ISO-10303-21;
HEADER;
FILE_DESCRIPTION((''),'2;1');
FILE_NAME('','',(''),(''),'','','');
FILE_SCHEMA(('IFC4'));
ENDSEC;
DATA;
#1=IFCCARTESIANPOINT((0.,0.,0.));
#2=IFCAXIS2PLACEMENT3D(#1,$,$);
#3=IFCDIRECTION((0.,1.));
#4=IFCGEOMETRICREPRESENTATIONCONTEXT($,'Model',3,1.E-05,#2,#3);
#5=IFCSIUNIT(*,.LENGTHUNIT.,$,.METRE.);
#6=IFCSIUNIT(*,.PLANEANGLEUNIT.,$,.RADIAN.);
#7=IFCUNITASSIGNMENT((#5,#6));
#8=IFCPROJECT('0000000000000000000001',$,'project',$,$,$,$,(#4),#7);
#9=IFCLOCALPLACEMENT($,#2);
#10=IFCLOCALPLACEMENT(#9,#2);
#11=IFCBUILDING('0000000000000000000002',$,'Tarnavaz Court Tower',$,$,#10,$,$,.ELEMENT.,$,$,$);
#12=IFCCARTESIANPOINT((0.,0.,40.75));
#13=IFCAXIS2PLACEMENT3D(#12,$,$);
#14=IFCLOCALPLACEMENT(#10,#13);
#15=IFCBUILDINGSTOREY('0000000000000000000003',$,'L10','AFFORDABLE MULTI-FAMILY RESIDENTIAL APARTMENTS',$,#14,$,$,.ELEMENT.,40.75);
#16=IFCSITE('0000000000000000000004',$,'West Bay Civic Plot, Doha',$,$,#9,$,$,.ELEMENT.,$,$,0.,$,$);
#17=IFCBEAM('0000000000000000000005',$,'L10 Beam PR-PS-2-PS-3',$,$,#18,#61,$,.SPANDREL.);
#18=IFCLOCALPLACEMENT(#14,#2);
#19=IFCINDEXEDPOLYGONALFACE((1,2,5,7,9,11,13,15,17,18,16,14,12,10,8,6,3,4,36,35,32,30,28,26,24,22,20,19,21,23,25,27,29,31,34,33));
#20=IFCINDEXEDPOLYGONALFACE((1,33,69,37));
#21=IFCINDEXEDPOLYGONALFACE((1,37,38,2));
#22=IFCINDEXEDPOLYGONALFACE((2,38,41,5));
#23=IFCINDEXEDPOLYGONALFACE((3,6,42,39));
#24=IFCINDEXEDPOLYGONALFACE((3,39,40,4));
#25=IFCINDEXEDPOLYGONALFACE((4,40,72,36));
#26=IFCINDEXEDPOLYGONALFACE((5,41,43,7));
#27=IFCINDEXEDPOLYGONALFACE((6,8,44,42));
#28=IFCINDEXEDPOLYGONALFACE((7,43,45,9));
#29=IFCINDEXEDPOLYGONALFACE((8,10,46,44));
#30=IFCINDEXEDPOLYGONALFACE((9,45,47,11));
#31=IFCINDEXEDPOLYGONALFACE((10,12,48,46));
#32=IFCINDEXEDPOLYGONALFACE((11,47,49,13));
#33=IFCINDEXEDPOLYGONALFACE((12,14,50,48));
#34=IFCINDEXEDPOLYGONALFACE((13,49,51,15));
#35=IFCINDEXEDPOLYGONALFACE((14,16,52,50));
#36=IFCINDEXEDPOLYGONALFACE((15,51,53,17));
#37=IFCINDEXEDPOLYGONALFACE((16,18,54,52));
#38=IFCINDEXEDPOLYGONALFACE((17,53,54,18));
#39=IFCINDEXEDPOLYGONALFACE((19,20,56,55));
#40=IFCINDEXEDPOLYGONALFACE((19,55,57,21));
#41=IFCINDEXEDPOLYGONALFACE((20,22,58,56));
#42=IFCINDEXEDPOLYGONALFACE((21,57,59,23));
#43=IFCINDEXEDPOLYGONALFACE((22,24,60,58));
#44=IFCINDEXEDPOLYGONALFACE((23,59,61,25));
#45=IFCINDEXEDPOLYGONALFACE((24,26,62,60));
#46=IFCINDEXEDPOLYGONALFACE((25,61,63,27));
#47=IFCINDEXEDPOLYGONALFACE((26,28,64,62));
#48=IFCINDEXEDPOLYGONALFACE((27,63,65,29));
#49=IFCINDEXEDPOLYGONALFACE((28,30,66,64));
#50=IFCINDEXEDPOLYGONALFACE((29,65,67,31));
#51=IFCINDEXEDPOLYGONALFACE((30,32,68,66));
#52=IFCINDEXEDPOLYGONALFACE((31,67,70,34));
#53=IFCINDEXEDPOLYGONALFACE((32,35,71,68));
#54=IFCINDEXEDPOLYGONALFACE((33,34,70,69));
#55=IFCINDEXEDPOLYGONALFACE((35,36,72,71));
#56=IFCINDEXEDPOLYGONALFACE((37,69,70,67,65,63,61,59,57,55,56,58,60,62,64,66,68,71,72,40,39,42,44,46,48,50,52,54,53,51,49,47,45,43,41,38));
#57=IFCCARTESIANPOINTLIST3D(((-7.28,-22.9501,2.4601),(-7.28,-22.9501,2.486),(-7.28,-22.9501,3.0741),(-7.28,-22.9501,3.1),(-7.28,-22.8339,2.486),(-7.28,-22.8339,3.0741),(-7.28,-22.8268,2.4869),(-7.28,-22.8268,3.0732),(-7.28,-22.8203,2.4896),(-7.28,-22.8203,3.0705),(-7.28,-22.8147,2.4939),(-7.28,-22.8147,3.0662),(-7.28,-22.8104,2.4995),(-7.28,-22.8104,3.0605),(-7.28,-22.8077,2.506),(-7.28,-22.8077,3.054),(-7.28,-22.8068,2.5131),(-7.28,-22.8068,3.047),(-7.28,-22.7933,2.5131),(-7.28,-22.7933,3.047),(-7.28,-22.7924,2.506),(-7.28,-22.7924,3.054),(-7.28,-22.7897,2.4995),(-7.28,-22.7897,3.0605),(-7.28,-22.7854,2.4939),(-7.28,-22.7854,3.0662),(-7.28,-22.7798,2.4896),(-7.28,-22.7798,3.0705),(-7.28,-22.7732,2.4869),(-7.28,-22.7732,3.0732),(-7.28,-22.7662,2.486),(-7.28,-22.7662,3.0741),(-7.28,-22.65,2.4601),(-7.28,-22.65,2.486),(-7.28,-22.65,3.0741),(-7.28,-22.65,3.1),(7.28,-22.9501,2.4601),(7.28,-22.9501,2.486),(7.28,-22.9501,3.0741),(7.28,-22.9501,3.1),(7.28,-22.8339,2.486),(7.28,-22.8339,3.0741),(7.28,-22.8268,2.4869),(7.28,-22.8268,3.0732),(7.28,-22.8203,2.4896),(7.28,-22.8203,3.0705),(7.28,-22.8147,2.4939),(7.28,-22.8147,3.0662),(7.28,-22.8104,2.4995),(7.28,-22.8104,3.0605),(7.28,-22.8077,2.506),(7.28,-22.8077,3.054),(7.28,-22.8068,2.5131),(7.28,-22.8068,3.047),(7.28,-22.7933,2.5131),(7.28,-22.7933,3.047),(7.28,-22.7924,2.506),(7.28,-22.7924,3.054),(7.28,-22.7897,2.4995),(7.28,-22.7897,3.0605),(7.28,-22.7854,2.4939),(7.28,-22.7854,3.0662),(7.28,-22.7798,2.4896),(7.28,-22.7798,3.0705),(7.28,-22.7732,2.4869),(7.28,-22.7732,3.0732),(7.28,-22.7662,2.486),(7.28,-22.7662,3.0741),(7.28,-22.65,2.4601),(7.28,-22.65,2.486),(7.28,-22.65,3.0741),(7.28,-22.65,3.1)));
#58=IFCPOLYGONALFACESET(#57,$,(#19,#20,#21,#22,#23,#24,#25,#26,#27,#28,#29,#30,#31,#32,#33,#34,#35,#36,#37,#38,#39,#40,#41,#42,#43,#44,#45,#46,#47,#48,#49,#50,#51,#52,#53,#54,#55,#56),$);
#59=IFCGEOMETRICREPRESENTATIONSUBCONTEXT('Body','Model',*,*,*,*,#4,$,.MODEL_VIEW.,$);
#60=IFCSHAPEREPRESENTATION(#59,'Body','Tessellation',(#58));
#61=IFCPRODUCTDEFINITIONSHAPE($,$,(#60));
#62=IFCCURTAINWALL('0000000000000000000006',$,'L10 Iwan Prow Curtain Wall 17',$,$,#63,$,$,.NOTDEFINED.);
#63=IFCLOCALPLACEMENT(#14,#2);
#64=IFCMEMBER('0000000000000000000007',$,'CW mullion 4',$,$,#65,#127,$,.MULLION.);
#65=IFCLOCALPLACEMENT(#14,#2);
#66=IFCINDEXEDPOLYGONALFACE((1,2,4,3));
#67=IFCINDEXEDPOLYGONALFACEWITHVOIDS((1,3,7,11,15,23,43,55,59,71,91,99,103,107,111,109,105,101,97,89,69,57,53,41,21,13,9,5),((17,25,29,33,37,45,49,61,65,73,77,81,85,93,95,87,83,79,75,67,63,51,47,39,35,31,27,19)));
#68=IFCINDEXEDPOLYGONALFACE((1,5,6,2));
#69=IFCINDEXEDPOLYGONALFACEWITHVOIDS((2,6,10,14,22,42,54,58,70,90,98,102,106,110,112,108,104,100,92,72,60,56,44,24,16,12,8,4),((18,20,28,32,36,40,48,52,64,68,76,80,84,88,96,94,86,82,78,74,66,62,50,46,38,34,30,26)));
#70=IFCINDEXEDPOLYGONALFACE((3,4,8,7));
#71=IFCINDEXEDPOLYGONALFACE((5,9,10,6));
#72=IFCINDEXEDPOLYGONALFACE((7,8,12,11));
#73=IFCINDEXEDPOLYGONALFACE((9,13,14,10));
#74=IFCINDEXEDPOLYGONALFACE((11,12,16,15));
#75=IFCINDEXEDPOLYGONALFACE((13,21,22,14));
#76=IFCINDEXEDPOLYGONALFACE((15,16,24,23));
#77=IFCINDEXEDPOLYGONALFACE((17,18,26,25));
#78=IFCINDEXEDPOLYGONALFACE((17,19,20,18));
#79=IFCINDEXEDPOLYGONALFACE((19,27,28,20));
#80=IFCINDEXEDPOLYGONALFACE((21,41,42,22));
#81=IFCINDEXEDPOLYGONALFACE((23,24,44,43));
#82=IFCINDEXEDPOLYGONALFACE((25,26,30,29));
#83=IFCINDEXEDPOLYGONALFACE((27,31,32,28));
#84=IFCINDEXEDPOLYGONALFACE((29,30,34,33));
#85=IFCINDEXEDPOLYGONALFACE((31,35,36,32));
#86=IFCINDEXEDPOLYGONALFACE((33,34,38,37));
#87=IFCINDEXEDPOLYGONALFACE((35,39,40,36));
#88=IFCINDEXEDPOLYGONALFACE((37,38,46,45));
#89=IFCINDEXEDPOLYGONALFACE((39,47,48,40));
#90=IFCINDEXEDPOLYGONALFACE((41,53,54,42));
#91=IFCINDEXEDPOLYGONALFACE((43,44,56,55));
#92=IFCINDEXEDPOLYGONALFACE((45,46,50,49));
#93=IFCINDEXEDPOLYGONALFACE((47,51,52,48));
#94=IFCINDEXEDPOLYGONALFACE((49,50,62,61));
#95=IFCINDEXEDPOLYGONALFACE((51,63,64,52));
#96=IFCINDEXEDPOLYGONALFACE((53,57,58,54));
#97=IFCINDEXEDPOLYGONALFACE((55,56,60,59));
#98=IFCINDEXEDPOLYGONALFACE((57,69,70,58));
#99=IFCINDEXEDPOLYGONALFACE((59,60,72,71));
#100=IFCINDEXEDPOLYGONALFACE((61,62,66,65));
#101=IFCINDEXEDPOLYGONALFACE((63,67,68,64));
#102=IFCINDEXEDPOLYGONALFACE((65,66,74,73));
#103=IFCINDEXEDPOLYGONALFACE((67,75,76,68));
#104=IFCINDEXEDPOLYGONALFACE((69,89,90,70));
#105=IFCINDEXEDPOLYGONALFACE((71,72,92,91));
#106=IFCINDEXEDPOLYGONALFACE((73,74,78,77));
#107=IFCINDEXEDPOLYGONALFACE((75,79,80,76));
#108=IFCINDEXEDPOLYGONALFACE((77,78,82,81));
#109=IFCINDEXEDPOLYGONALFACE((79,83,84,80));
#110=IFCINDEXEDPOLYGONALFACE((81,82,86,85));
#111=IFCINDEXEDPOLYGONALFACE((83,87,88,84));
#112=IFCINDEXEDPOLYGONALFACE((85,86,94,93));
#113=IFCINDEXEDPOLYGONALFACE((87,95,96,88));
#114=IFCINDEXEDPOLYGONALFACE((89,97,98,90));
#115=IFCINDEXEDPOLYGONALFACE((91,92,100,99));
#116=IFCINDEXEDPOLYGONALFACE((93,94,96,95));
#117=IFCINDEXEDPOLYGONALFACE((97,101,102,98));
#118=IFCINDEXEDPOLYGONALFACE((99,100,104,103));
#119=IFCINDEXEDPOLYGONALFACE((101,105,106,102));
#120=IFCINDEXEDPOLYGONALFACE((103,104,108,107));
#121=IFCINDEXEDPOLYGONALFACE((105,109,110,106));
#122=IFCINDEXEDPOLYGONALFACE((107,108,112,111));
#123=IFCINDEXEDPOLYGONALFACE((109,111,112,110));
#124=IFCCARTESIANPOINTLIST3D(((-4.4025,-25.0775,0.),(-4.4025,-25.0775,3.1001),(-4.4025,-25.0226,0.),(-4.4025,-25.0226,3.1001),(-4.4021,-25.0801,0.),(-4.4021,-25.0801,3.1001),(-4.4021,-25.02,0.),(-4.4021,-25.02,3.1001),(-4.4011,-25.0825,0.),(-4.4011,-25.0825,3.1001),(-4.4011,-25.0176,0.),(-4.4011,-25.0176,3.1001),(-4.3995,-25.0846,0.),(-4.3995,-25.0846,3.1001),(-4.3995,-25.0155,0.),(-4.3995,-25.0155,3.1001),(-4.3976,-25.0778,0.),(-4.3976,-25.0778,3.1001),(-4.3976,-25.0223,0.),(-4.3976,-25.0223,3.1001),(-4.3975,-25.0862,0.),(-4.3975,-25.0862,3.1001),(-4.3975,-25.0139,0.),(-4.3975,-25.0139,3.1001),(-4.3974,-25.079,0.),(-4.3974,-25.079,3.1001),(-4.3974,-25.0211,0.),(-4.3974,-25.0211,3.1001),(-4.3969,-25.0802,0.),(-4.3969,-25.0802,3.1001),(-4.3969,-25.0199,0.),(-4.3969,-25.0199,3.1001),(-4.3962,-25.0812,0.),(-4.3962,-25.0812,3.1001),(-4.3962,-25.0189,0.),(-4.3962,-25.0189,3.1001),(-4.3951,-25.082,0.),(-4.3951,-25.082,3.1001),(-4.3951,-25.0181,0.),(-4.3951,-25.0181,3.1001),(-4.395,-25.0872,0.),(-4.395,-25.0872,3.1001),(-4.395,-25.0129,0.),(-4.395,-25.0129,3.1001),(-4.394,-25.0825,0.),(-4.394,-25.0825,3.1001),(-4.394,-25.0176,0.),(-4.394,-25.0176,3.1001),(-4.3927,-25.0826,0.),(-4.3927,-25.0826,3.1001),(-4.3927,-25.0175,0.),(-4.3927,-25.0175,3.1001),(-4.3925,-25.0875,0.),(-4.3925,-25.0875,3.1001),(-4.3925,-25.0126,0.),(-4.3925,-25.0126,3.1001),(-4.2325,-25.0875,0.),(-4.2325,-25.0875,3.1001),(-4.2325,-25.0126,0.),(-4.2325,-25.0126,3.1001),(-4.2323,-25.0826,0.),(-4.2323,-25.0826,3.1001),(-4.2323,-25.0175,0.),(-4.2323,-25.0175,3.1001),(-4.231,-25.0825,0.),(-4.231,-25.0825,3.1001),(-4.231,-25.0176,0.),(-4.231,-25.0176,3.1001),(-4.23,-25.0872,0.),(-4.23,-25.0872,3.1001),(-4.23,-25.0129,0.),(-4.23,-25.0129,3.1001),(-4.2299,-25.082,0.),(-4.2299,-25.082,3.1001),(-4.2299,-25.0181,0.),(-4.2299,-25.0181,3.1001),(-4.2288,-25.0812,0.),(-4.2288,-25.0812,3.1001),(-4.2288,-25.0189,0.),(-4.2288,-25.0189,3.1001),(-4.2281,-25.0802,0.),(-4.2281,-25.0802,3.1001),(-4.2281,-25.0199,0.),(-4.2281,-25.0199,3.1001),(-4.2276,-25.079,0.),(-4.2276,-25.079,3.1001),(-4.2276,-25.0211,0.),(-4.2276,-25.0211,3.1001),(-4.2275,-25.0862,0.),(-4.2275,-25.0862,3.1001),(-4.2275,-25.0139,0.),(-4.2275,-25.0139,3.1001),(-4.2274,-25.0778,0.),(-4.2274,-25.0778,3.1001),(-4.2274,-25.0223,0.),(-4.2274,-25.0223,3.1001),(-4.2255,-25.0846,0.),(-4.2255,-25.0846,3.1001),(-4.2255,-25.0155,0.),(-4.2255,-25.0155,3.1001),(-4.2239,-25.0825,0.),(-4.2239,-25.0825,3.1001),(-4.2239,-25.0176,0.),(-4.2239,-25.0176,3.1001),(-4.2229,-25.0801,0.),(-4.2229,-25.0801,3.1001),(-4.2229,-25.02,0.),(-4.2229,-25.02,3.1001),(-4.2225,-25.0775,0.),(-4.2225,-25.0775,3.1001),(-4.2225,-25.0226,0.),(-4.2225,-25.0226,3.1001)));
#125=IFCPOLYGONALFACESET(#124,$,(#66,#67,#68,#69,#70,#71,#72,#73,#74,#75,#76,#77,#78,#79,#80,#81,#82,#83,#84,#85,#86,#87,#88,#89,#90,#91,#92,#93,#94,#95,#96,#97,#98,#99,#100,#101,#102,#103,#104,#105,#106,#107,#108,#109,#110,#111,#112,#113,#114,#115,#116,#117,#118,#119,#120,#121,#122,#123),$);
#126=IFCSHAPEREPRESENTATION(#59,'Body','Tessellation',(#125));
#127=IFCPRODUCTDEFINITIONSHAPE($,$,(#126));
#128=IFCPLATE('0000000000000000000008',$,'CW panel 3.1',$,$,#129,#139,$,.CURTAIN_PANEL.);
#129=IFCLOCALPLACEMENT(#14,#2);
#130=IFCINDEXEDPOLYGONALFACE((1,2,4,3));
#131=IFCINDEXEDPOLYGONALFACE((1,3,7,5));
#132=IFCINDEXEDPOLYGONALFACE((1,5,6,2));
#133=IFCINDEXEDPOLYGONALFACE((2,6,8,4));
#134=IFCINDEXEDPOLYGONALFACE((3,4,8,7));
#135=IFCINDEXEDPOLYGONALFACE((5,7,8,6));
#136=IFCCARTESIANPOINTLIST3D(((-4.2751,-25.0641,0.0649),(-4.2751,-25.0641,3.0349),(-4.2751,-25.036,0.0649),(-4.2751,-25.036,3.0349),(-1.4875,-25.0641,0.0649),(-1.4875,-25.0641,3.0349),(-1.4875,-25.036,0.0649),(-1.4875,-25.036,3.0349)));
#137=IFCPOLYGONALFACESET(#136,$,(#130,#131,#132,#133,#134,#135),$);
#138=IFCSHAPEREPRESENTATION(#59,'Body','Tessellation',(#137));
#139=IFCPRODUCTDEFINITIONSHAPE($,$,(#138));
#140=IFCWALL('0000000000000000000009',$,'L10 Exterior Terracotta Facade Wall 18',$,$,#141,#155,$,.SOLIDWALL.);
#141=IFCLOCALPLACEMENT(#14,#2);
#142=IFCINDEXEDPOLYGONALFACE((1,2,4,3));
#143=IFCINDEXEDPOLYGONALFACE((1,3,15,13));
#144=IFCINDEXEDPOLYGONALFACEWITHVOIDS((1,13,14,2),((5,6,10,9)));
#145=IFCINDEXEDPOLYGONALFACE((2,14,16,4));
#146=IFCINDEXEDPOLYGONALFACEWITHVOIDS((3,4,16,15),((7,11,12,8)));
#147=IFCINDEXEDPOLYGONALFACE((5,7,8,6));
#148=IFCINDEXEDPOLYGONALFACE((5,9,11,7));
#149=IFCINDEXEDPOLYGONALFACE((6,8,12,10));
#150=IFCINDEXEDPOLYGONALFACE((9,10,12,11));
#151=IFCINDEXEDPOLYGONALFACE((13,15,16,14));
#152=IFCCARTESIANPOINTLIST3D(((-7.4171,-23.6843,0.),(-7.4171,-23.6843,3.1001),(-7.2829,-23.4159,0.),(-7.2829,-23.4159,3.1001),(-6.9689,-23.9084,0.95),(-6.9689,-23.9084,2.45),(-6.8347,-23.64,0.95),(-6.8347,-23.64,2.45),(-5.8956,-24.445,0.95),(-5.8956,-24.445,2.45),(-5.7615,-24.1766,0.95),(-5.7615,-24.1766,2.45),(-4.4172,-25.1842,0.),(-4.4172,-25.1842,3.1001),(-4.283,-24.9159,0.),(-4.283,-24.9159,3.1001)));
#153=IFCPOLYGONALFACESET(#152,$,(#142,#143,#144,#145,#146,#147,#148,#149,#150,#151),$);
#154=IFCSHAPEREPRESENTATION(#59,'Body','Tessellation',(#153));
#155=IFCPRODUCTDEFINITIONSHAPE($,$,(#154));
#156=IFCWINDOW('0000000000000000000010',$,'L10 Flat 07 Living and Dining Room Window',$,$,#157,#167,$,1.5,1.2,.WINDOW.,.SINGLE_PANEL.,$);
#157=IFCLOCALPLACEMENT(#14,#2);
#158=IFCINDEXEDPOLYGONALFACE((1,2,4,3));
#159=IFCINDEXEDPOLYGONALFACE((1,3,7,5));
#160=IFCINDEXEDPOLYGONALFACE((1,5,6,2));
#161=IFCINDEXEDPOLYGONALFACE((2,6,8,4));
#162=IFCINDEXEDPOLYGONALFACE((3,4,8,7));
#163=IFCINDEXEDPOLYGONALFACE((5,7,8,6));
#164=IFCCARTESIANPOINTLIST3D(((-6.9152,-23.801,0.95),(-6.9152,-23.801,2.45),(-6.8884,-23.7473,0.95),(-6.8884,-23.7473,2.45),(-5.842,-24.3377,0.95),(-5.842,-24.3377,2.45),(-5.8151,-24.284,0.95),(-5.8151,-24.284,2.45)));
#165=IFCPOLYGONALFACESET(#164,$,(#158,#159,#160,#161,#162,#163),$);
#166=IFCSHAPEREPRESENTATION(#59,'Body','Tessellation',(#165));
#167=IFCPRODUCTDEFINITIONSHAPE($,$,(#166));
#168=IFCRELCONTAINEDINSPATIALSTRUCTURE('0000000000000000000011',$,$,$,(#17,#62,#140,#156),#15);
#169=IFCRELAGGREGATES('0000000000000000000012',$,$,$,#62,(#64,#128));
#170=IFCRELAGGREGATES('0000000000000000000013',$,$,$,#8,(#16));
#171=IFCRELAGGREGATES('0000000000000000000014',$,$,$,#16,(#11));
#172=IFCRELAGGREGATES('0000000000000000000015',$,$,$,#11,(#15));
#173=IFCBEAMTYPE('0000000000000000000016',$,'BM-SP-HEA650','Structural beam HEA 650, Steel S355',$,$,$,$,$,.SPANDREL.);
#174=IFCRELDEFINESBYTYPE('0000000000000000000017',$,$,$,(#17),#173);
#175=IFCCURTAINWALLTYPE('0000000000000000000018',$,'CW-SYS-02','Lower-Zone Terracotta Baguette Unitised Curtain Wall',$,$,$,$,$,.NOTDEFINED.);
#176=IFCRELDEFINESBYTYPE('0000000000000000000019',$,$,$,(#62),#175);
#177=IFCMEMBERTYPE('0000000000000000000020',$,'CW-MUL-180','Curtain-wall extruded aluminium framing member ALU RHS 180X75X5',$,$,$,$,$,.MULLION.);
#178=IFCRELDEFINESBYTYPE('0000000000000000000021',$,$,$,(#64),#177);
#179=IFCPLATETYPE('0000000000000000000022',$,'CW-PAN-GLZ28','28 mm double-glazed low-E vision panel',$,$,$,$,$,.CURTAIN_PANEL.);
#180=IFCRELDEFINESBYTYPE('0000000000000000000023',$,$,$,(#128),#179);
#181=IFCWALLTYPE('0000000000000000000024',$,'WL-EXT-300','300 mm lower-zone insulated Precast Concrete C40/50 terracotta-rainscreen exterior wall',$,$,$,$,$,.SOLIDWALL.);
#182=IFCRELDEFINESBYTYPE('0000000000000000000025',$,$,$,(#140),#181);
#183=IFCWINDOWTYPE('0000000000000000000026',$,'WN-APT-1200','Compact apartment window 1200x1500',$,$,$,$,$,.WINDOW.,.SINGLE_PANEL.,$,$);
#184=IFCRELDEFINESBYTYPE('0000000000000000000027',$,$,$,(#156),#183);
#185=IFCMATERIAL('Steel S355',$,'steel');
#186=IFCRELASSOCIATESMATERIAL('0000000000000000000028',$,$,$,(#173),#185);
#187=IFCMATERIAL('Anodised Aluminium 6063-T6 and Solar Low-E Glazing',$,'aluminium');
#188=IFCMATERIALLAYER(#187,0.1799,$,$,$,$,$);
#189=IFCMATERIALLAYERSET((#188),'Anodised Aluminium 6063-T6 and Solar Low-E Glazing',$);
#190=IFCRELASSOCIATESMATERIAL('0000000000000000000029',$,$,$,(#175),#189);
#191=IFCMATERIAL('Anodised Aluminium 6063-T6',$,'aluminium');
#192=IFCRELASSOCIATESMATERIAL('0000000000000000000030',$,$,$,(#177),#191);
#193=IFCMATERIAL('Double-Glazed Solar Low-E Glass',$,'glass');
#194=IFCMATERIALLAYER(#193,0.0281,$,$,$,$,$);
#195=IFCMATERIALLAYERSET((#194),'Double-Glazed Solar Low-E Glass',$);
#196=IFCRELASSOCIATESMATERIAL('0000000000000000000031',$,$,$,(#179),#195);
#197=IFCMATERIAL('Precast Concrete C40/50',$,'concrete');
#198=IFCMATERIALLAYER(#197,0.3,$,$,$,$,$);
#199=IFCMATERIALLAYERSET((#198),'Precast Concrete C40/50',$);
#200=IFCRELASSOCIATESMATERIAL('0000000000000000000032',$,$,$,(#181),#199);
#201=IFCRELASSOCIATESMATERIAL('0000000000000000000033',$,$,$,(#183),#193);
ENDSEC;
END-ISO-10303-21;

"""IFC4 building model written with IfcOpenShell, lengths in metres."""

from ifc_helpers import new_model, si_unit, direction, frame, frame_2d, origin, origin_2d, place, context, subcontext, project, spatial, rectangle, hollow_rectangle, i_section, extrude, material, layer, layer_set, material_profile, profile_set, type_object, element, fill, aggregate, save


model = new_model("IFC4")

# Units and contexts
model_context = context("Model", 3, precision=1e-05, world=origin(), true_north=direction((0.0, 1.0)))
body_context = subcontext(model_context, "Body", "Model", "MODEL_VIEW")
ifc_project = project(units=[si_unit("LENGTHUNIT", "METRE"), si_unit("PLANEANGLEUNIT", "RADIAN")], contexts=[model_context])

# Site, building, storey
site_placement = place(None, origin())
site = spatial("IfcSite", under=ifc_project, at=site_placement, Name="West Bay Civic Plot, Doha", CompositionType="ELEMENT", RefElevation=0.0)
building_placement = place(site_placement, origin())
building = spatial("IfcBuilding", under=site, at=building_placement, Name="Tarnavaz Court Tower", CompositionType="ELEMENT")
storey_placement = place(building_placement, frame((0.0, 0.0, 40.75)))
storey = spatial("IfcBuildingStorey", under=building, at=storey_placement, Name="L10", Description="AFFORDABLE MULTI-FAMILY RESIDENTIAL APARTMENTS", CompositionType="ELEMENT", Elevation=40.75)

# Beam
ifc_material_1 = material(Name="Steel S355", Category="steel")
ifc_material_profile_1 = material_profile(ifc_material_1, i_section(OverallWidth=0.3, OverallDepth=0.6399, WebThickness=0.0134, FlangeThickness=0.0259, FilletRadius=0.0271, at=origin_2d()), Name="HEA 650")
ifc_profile_set_1 = profile_set([ifc_material_profile_1], Name="Steel S355")
beam_type_1 = type_object("IfcBeamType", Name="BM-SP-HEA650", Description="Structural beam HEA 650, Steel S355", PredefinedType="SPANDREL", material=ifc_profile_set_1)
beam_placement = place(storey_placement, frame((-7.28, -22.8, 2.78), z_axis=(1.0, 0.0, 0.0), x_axis=(0.0, 1.0, 0.0)))
element("IfcBeam", 1, at=beam_placement, inside=storey, type_object=beam_type_1, Name="L10 Beam PR-PS-2-PS-3", PredefinedType="SPANDREL", context=body_context, shape_type="SweptSolid", body=[
    extrude(i_section(OverallWidth=0.3, OverallDepth=0.6399, WebThickness=0.0134, FlangeThickness=0.0259, FilletRadius=0.0271, at=origin_2d()), origin(), (0.0, 0.0, 1.0), 14.5601),
])

# Curtain wall, member, plate
ifc_material_2 = material(Name="Anodised Aluminium 6063-T6 and Solar Low-E Glazing", Category="aluminium")
ifc_layer_1 = layer(ifc_material_2, 0.1799)
ifc_layer_set_1 = layer_set([ifc_layer_1], Name="Anodised Aluminium 6063-T6 and Solar Low-E Glazing")
curtain_wall_type = type_object("IfcCurtainWallType", Name="CW-SYS-02", Description="Lower-Zone Terracotta Baguette Unitised Curtain Wall", PredefinedType="NOTDEFINED", material=ifc_layer_set_1)
curtain_wall_placement = place(storey_placement, origin())
curtain_wall = element("IfcCurtainWall", 2, at=curtain_wall_placement, inside=storey, type_object=curtain_wall_type, Name="L10 Iwan Prow Curtain Wall 17", PredefinedType="NOTDEFINED")
ifc_material_3 = material(Name="Anodised Aluminium 6063-T6", Category="aluminium")
ifc_material_profile_2 = material_profile(ifc_material_3, hollow_rectangle(XDim=0.075, YDim=0.1799, WallThickness=0.0049, InnerFilletRadius=0.0049, OuterFilletRadius=0.01, at=origin_2d()), Name="ALU RHS 180X75X5")
ifc_profile_set_2 = profile_set([ifc_material_profile_2], Name="Anodised Aluminium 6063-T6")
member_type = type_object("IfcMemberType", Name="CW-MUL-180", Description="Curtain-wall extruded aluminium framing member ALU RHS 180X75X5", PredefinedType="MULLION", material=ifc_profile_set_2)
member_placement = place(storey_placement, frame((-4.3125, -25.05, 0.0), z_axis=(0.0, 0.0, 1.0), x_axis=(0.0, -1.0, 0.0)))
member = element("IfcMember", 3, at=member_placement, type_object=member_type, Name="CW mullion 4", PredefinedType="MULLION", context=body_context, shape_type="SweptSolid", body=[
    extrude(hollow_rectangle(XDim=0.075, YDim=0.1799, WallThickness=0.0049, InnerFilletRadius=0.0049, OuterFilletRadius=0.01, at=origin_2d()), origin(), (0.0, 0.0, 1.0), 3.1001),
])
ifc_material_4 = material(Name="Double-Glazed Solar Low-E Glass", Category="glass")
ifc_layer_2 = layer(ifc_material_4, 0.0281)
ifc_layer_set_2 = layer_set([ifc_layer_2], Name="Double-Glazed Solar Low-E Glass")
plate_type = type_object("IfcPlateType", Name="CW-PAN-GLZ28", Description="28 mm double-glazed low-E vision panel", PredefinedType="CURTAIN_PANEL", material=ifc_layer_set_2)
plate_placement = place(storey_placement, frame((-2.8813, -25.05, 0.0649), z_axis=(0.0, 0.0, 1.0), x_axis=(-1.0, 0.0, 0.0)))
plate = element("IfcPlate", 4, at=plate_placement, type_object=plate_type, Name="CW panel 3.1", PredefinedType="CURTAIN_PANEL", context=body_context, shape_type="SweptSolid", body=[
    extrude(rectangle(XDim=2.7876, YDim=0.0281, at=origin_2d()), origin(), (0.0, 0.0, 1.0), 2.97),
])
aggregate(curtain_wall, [member, plate])

# Wall, opening, window
ifc_material_5 = material(Name="Precast Concrete C40/50", Category="concrete")
ifc_layer_3 = layer(ifc_material_5, 0.3)
ifc_layer_set_3 = layer_set([ifc_layer_3], Name="Precast Concrete C40/50")
wall_type_1 = type_object("IfcWallType", Name="WL-EXT-300", Description="300 mm lower-zone insulated Precast Concrete C40/50 terracotta-rainscreen exterior wall", PredefinedType="SOLIDWALL", material=ifc_layer_set_3)
wall_1_placement = place(storey_placement, frame((-4.3501, -25.05, 0.0), z_axis=(0.0, 0.0, 1.0), x_axis=(-0.894427, 0.447214, 0.0)))
wall_1 = element("IfcWall", 5, at=wall_1_placement, inside=storey, type_object=wall_type_1, Name="L10 Exterior Terracotta Facade Wall 18", PredefinedType="SOLIDWALL", context=body_context, shape_type="SweptSolid", body=[
    extrude(rectangle(XDim=3.354, YDim=0.3, at=frame_2d((1.677, 0.0))), origin(), (0.0, 0.0, 1.0), 3.1001),
])
opening_1_placement = place(wall_1_placement, frame((1.6528, 0.0, 0.95)))
opening_1 = element("IfcOpeningElement", 6, at=opening_1_placement, cuts=wall_1, PredefinedType="OPENING", context=body_context, shape_type="SweptSolid", body=[
    extrude(rectangle(XDim=1.2, YDim=1.5, at=frame_2d((0.6001, 0.75))), frame((0.0, 0.1599, 0.0), z_axis=(0.0, -1.0, 0.0), x_axis=(1.0, 0.0, 0.0)), (0.0, 0.0, 1.0), 0.3201),
])
window_type = type_object("IfcWindowType", Name="WN-APT-1200", Description="Compact apartment window 1200x1500", PartitioningType="SINGLE_PANEL", PredefinedType="WINDOW", material=ifc_material_4)
window_placement = place(opening_1_placement, origin())
window = element("IfcWindow", 7, at=window_placement, inside=storey, type_object=window_type, Name="L10 Flat 07 Living and Dining Room Window", OverallHeight=1.5, OverallWidth=1.2, PartitioningType="SINGLE_PANEL", PredefinedType="WINDOW", context=body_context, shape_type="SweptSolid", body=[
    extrude(rectangle(XDim=1.2, YDim=1.5, at=frame_2d((0.6001, 0.75))), frame((0.0, 0.03, 0.0), z_axis=(0.0, -1.0, 0.0), x_axis=(1.0, 0.0, 0.0)), (0.0, 0.0, 1.0), 0.0601),
])
fill(opening_1, window)

save(model, "model.ifc")
